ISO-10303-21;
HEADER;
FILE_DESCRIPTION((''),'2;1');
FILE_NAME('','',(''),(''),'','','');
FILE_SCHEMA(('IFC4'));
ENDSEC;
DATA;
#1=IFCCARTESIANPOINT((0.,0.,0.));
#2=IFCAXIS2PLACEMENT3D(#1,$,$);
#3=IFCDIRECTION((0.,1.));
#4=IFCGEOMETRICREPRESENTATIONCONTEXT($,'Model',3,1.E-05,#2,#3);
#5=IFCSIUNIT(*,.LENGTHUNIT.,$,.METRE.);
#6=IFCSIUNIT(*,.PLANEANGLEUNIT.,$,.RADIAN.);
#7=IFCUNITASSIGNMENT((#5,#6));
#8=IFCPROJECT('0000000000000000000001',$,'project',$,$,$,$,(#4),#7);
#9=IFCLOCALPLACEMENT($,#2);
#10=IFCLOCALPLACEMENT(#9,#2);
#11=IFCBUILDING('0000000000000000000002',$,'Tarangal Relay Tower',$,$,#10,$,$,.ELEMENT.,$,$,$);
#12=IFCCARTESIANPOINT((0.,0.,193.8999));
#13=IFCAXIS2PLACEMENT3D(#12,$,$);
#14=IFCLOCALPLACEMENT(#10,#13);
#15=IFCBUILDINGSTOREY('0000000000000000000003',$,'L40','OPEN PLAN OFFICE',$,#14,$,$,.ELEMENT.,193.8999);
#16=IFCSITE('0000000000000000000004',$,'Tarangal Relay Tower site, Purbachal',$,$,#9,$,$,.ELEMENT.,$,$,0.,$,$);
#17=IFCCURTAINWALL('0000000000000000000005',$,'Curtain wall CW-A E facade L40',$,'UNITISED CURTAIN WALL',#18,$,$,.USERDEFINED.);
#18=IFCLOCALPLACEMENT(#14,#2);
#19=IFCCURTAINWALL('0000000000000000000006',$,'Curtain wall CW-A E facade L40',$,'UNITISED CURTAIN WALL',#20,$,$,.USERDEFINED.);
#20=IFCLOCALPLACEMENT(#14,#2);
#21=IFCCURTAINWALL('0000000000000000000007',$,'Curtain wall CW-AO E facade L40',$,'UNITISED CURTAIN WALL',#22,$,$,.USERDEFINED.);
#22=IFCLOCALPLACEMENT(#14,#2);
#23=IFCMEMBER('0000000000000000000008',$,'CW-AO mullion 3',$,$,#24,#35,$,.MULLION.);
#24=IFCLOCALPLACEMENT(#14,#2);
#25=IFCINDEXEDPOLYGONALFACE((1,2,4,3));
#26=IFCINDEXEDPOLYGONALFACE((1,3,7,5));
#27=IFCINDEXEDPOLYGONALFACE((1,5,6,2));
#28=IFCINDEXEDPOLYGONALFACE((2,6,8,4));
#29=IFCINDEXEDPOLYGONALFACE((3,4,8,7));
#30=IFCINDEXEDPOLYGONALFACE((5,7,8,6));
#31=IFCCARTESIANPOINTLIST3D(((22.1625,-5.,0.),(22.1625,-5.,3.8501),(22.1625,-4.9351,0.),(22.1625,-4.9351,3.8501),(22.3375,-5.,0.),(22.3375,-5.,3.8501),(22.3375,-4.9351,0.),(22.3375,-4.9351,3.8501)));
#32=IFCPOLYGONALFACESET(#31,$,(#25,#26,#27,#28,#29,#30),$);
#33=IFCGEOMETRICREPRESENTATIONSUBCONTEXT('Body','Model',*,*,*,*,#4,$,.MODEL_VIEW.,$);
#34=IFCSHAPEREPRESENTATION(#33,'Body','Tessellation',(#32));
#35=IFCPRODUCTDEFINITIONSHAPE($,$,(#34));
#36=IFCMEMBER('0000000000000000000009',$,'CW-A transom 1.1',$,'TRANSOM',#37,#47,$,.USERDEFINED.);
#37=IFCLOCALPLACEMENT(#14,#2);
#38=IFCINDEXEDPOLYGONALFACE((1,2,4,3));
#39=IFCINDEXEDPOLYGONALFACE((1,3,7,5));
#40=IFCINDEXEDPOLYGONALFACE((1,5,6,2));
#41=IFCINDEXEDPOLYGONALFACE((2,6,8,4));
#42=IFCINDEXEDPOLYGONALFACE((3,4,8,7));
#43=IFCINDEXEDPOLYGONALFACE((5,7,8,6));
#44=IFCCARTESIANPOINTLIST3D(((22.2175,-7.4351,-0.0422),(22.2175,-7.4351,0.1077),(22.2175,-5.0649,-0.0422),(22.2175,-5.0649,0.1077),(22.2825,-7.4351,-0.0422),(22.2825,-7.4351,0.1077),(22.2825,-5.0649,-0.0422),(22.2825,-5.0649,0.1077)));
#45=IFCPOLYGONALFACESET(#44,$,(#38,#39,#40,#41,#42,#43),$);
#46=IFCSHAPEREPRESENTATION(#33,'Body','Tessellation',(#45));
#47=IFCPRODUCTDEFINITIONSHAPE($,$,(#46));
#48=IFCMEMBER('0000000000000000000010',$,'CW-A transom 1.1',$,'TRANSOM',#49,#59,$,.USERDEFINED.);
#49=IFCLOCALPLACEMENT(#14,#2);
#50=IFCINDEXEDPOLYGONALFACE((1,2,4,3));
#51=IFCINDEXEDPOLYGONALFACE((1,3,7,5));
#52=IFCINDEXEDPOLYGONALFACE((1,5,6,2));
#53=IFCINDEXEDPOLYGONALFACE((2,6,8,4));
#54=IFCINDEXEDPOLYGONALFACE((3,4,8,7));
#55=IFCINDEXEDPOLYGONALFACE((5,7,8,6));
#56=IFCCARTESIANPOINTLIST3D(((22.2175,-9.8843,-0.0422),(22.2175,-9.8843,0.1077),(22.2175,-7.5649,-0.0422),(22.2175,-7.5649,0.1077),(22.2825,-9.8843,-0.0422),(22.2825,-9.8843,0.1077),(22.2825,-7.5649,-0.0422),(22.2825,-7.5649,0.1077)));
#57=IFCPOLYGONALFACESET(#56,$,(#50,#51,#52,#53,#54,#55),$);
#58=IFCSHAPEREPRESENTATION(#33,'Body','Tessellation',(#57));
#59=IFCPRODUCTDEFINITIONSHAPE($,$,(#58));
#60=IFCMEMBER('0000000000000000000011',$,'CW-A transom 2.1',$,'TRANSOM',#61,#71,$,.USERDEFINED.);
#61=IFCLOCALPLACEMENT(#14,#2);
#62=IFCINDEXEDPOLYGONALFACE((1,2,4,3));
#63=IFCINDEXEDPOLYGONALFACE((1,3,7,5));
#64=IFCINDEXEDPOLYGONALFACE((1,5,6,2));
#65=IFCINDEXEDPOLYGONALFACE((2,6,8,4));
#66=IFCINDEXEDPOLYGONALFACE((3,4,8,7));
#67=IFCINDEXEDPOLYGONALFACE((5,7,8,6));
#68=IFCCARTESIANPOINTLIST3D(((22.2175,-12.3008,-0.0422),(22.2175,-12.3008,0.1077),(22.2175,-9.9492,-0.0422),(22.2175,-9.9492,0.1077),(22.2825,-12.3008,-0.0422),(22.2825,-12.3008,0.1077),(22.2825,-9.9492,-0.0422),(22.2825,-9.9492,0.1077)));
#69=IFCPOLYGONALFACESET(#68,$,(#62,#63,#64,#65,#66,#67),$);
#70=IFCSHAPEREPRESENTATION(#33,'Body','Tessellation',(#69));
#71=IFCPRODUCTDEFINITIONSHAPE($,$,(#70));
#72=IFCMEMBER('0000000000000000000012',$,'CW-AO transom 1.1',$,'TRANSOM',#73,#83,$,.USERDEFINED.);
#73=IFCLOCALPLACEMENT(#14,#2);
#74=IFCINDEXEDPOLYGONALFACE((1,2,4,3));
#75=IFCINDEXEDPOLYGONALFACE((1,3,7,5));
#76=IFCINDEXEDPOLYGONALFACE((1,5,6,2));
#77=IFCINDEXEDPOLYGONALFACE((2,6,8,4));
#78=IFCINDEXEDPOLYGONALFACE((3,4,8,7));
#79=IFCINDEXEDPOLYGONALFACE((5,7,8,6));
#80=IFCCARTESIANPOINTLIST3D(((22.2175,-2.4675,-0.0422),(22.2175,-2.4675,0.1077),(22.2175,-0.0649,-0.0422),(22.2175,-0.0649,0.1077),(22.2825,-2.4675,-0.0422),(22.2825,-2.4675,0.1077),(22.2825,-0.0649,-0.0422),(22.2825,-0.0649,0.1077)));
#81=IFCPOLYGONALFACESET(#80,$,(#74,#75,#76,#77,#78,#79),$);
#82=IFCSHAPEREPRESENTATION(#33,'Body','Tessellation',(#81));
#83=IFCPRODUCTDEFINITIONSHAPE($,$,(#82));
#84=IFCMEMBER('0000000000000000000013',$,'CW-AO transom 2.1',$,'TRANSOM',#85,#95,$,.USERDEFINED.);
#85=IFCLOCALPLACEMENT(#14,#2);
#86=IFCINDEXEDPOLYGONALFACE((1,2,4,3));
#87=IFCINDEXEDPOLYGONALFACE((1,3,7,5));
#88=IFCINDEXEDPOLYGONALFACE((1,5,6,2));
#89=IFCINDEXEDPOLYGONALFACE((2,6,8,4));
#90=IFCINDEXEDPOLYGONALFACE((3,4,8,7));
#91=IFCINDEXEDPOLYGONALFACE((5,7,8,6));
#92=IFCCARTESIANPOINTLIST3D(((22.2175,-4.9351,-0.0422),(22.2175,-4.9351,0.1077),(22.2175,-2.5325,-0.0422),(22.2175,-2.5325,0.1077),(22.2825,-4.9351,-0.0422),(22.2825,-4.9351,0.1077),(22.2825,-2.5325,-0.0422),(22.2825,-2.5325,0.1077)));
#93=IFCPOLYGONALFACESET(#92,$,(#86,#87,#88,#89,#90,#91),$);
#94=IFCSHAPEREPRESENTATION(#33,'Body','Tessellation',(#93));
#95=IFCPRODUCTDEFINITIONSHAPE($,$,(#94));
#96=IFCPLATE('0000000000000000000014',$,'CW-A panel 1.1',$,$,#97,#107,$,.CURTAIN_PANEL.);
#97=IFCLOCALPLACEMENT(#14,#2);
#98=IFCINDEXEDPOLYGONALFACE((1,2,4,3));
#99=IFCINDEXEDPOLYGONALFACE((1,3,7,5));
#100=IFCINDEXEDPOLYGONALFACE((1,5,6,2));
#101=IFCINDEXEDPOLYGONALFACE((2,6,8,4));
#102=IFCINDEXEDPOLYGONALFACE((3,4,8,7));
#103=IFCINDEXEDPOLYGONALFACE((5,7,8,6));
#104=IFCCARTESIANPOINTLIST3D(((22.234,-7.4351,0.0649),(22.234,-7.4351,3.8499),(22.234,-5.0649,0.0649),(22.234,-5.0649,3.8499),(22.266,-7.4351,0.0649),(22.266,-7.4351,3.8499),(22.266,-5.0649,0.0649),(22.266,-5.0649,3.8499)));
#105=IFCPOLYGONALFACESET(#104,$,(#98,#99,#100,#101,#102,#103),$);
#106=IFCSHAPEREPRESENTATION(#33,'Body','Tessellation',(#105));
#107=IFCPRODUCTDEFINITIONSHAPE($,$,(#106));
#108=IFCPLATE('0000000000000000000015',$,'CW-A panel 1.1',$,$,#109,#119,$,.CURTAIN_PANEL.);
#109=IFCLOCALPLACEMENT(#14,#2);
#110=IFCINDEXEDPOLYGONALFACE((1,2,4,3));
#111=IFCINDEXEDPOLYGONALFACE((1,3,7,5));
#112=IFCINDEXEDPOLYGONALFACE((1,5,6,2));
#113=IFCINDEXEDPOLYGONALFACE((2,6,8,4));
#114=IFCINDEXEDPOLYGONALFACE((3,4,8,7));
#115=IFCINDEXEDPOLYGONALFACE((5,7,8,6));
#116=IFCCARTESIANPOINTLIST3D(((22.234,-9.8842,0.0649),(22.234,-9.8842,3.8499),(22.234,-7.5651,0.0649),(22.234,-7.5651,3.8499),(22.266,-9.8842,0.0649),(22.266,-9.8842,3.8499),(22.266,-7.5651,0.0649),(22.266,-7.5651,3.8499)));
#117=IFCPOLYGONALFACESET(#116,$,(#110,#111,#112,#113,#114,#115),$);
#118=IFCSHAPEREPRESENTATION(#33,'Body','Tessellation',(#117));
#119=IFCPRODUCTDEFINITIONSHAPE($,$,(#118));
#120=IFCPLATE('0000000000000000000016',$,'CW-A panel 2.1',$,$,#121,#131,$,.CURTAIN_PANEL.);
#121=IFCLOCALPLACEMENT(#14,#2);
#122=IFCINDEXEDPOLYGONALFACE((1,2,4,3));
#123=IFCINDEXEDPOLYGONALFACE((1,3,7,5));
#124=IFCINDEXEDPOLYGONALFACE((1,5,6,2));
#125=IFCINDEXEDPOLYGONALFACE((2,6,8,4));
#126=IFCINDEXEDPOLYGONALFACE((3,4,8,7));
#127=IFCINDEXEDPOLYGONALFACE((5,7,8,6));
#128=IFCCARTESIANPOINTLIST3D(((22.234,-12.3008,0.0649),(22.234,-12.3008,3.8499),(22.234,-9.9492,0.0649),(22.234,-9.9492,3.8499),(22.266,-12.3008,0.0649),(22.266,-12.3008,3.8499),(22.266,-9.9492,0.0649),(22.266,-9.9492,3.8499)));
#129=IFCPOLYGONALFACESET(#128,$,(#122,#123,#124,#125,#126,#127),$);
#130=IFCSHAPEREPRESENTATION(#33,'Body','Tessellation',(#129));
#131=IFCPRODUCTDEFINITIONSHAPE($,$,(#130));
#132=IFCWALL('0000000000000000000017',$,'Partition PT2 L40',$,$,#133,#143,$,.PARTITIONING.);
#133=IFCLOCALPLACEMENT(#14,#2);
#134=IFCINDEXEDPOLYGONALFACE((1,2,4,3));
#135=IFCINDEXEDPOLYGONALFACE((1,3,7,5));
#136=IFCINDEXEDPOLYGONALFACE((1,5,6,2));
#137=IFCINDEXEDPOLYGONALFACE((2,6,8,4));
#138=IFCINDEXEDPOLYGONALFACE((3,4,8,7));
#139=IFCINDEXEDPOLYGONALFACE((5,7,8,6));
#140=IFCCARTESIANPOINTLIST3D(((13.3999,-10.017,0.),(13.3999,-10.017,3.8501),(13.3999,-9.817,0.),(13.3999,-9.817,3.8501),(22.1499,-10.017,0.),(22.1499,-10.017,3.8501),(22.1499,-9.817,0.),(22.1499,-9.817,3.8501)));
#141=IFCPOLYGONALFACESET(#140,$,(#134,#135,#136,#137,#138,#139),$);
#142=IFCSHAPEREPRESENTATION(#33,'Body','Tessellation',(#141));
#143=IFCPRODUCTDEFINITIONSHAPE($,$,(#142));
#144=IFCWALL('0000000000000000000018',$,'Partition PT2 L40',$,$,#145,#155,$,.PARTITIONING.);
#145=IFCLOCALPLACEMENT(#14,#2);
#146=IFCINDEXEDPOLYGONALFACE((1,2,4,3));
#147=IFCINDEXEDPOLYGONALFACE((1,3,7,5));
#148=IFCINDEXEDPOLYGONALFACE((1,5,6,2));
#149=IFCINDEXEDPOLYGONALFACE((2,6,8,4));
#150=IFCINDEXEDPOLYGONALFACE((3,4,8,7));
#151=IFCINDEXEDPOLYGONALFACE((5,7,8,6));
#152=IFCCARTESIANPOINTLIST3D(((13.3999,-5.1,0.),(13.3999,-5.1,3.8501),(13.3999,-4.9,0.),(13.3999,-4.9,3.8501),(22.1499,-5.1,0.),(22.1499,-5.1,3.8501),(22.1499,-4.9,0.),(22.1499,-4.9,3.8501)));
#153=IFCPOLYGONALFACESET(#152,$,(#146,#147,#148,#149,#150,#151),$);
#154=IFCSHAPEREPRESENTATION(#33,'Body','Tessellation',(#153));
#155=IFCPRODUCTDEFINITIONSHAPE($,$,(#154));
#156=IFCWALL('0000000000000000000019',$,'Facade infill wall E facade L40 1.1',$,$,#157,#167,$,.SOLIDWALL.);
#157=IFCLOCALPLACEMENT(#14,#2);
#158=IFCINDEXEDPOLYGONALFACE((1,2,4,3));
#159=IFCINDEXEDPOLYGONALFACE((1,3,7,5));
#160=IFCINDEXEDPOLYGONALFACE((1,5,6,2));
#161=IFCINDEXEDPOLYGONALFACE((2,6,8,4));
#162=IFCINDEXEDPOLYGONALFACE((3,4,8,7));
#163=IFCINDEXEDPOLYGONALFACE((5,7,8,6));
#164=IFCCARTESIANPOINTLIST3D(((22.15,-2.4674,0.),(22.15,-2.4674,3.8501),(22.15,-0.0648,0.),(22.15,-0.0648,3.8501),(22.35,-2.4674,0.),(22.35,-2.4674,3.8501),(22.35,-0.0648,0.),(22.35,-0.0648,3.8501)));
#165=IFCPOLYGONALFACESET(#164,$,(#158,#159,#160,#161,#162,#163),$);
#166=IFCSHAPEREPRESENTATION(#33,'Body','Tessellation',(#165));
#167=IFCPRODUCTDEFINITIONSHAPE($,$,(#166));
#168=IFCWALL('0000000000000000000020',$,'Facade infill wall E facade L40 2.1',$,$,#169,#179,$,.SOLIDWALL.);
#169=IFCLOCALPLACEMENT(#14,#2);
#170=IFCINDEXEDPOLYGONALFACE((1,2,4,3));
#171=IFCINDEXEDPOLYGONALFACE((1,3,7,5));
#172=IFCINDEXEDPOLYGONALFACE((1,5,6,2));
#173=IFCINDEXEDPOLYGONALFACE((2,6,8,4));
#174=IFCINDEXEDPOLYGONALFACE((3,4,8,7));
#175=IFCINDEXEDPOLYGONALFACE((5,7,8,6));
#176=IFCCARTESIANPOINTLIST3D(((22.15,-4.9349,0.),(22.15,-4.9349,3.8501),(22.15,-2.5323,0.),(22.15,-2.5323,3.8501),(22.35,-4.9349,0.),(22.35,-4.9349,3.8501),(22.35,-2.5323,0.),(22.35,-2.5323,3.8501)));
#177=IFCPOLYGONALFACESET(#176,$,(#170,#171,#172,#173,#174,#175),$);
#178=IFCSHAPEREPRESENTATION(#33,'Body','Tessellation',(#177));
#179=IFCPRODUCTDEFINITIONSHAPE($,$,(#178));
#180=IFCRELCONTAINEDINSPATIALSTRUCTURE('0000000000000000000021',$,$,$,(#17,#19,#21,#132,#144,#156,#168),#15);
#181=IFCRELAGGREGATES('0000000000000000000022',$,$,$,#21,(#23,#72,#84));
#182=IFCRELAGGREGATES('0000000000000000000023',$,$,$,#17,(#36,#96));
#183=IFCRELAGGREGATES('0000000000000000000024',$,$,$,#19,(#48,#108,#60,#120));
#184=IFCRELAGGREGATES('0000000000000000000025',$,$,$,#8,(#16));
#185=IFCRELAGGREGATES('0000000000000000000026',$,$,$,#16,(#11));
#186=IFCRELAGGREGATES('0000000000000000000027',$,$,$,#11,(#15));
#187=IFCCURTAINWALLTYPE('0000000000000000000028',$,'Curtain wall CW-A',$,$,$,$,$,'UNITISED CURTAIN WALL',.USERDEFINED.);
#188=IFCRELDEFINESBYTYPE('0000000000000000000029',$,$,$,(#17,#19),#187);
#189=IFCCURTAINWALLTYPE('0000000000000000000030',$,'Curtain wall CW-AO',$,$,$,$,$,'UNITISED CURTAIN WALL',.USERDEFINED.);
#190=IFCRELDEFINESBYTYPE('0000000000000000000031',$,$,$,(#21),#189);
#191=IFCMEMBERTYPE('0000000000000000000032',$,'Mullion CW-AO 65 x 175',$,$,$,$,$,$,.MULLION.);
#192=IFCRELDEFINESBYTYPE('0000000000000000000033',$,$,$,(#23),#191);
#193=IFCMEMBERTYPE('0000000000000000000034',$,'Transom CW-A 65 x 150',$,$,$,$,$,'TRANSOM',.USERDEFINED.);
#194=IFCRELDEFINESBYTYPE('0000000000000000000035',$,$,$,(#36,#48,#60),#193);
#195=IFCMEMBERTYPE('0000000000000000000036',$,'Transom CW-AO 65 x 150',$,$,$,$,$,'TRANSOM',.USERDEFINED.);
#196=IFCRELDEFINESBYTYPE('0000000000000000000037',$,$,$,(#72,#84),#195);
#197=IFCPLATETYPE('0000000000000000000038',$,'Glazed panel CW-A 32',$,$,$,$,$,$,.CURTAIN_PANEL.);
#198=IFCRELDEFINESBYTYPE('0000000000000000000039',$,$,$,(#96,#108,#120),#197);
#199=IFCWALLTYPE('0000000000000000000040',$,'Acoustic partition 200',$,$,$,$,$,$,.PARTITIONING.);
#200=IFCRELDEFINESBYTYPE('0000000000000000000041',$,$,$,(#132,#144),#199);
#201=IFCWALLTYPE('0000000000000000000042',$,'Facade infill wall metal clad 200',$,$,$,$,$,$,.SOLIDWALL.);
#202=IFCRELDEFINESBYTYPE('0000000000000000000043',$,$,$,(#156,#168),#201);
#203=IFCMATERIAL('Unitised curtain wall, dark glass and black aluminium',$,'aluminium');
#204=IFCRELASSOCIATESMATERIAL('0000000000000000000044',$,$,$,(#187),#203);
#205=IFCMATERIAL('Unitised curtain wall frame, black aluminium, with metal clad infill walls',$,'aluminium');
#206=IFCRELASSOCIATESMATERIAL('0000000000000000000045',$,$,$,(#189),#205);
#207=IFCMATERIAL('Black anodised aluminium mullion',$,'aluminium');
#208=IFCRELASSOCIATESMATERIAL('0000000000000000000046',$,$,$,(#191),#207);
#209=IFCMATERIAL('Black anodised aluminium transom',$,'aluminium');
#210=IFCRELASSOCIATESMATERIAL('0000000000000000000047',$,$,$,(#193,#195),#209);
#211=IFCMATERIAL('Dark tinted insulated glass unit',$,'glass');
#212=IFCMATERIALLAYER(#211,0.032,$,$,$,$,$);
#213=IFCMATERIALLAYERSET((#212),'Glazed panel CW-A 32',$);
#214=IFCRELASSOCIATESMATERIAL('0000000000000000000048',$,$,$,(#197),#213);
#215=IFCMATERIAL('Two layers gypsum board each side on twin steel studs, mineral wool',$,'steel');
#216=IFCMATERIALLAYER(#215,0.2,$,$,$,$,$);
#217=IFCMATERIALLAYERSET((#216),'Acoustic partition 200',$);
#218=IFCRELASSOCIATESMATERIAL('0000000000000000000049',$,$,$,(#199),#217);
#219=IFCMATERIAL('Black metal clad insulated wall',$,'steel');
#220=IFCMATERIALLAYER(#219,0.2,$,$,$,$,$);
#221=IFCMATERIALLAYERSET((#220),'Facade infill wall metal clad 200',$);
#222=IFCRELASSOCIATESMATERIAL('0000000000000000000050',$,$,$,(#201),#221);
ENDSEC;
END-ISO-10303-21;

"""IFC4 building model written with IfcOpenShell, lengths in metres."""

from ifc_helpers import new_model, si_unit, direction, frame, frame_2d, origin, origin_2d, place, context, subcontext, project, spatial, rectangle, extrude, material, layer, layer_set, material_profile, profile_set, type_object, element, aggregate, save


model = new_model("IFC4")

# Units and contexts
model_context = context("Model", 3, precision=1e-05, world=origin(), true_north=direction((0.0, 1.0)))
body_context = subcontext(model_context, "Body", "Model", "MODEL_VIEW")
ifc_project = project(units=[si_unit("LENGTHUNIT", "METRE"), si_unit("PLANEANGLEUNIT", "RADIAN")], contexts=[model_context])

# Site, building, storey
site_placement = place(None, origin())
site = spatial("IfcSite", under=ifc_project, at=site_placement, Name="Tarangal Relay Tower site, Purbachal", CompositionType="ELEMENT", RefElevation=0.0)
building_placement = place(site_placement, origin())
building = spatial("IfcBuilding", under=site, at=building_placement, Name="Tarangal Relay Tower", CompositionType="ELEMENT")
storey_placement = place(building_placement, frame((0.0, 0.0, 193.8999)))
storey = spatial("IfcBuildingStorey", under=building, at=storey_placement, Name="L40", Description="OPEN PLAN OFFICE", CompositionType="ELEMENT", Elevation=193.8999)

# Curtain walls, member
ifc_material_1 = material(Name="Unitised curtain wall, dark glass and black aluminium", Category="aluminium")
curtain_wall_type_1 = type_object("IfcCurtainWallType", Name="Curtain wall CW-A", ElementType="UNITISED CURTAIN WALL", PredefinedType="USERDEFINED", material=ifc_material_1)
curtain_wall_1_placement = place(storey_placement, origin())
curtain_wall_1 = element("IfcCurtainWall", 1, at=curtain_wall_1_placement, inside=storey, type_object=curtain_wall_type_1, Name="Curtain wall CW-A E facade L40", ObjectType="UNITISED CURTAIN WALL", PredefinedType="USERDEFINED")
ifc_material_2 = material(Name="Black anodised aluminium mullion", Category="aluminium")
curtain_wall_2_placement = place(storey_placement, origin())
curtain_wall_2 = element("IfcCurtainWall", 2, at=curtain_wall_2_placement, inside=storey, type_object=curtain_wall_type_1, Name="Curtain wall CW-A E facade L40", ObjectType="UNITISED CURTAIN WALL", PredefinedType="USERDEFINED")
ifc_material_3 = material(Name="Unitised curtain wall frame, black aluminium, with metal clad infill walls", Category="aluminium")
curtain_wall_type_2 = type_object("IfcCurtainWallType", Name="Curtain wall CW-AO", ElementType="UNITISED CURTAIN WALL", PredefinedType="USERDEFINED", material=ifc_material_3)
curtain_wall_3_placement = place(storey_placement, origin())
curtain_wall_3 = element("IfcCurtainWall", 3, at=curtain_wall_3_placement, inside=storey, type_object=curtain_wall_type_2, Name="Curtain wall CW-AO E facade L40", ObjectType="UNITISED CURTAIN WALL", PredefinedType="USERDEFINED")
ifc_material_profile_1 = material_profile(ifc_material_2, rectangle(XDim=0.175, YDim=0.0649, at=origin_2d()), Name="CW-AOM 65X175")
ifc_profile_set_1 = profile_set([ifc_material_profile_1], Name="Black anodised aluminium mullion")
member_type_1 = type_object("IfcMemberType", Name="Mullion CW-AO 65 x 175", PredefinedType="MULLION", material=ifc_profile_set_1)
member_1_placement = place(storey_placement, frame((22.25, -4.9675, 0.0), z_axis=(0.0, 0.0, 1.0), x_axis=(1.0, 0.0, 0.0)))
member_1 = element("IfcMember", 4, at=member_1_placement, type_object=member_type_1, Name="CW-AO mullion 3", PredefinedType="MULLION", context=body_context, shape_type="SweptSolid", body=[
    extrude(rectangle(XDim=0.175, YDim=0.0649, at=origin_2d()), origin(), (0.0, 0.0, 1.0), 3.8501),
])

# Members
ifc_material_4 = material(Name="Black anodised aluminium transom", Category="aluminium")
ifc_material_profile_2 = material_profile(ifc_material_4, rectangle(XDim=0.0649, YDim=0.1499, at=origin_2d()), Name="CW-AT 65X150")
ifc_profile_set_2 = profile_set([ifc_material_profile_2], Name="Black anodised aluminium transom")
member_type_2 = type_object("IfcMemberType", Name="Transom CW-A 65 x 150", ElementType="TRANSOM", PredefinedType="USERDEFINED", material=ifc_profile_set_2)
member_2_placement = place(storey_placement, frame((22.25, -5.0649, 0.0327), z_axis=(0.0, -1.0, 0.0), x_axis=(1.0, 0.0, 0.0)))
member_2 = element("IfcMember", 5, at=member_2_placement, type_object=member_type_2, Name="CW-A transom 1.1", ObjectType="TRANSOM", PredefinedType="USERDEFINED", context=body_context, shape_type="SweptSolid", body=[
    extrude(rectangle(XDim=0.0649, YDim=0.1499, at=origin_2d()), origin(), (0.0, 0.0, 1.0), 2.3701),
])
member_3_placement = place(storey_placement, frame((22.25, -7.5649, 0.0327), z_axis=(0.0, -1.0, 0.0), x_axis=(1.0, 0.0, 0.0)))
member_3 = element("IfcMember", 6, at=member_3_placement, type_object=member_type_2, Name="CW-A transom 1.1", ObjectType="TRANSOM", PredefinedType="USERDEFINED", context=body_context, shape_type="SweptSolid", body=[
    extrude(rectangle(XDim=0.0649, YDim=0.1499, at=origin_2d()), origin(), (0.0, 0.0, 1.0), 2.3193),
])
member_4_placement = place(storey_placement, frame((22.25, -9.9492, 0.0327), z_axis=(0.0, -1.0, 0.0), x_axis=(1.0, 0.0, 0.0)))
member_4 = element("IfcMember", 7, at=member_4_placement, type_object=member_type_2, Name="CW-A transom 2.1", ObjectType="TRANSOM", PredefinedType="USERDEFINED", context=body_context, shape_type="SweptSolid", body=[
    extrude(rectangle(XDim=0.0649, YDim=0.1499, at=origin_2d()), origin(), (0.0, 0.0, 1.0), 2.3516),
])
ifc_material_profile_3 = material_profile(ifc_material_4, rectangle(XDim=0.0649, YDim=0.1499, at=origin_2d()), Name="CW-AOT 65X150")
ifc_profile_set_3 = profile_set([ifc_material_profile_3], Name="Black anodised aluminium transom")
member_type_3 = type_object("IfcMemberType", Name="Transom CW-AO 65 x 150", ElementType="TRANSOM", PredefinedType="USERDEFINED", material=ifc_profile_set_3)
member_5_placement = place(storey_placement, frame((22.25, -0.0649, 0.0327), z_axis=(0.0, -1.0, 0.0), x_axis=(1.0, 0.0, 0.0)))
member_5 = element("IfcMember", 8, at=member_5_placement, type_object=member_type_3, Name="CW-AO transom 1.1", ObjectType="TRANSOM", PredefinedType="USERDEFINED", context=body_context, shape_type="SweptSolid", body=[
    extrude(rectangle(XDim=0.0649, YDim=0.1499, at=origin_2d()), origin(), (0.0, 0.0, 1.0), 2.4026),
])
member_6_placement = place(storey_placement, frame((22.25, -2.5325, 0.0327), z_axis=(0.0, -1.0, 0.0), x_axis=(1.0, 0.0, 0.0)))
member_6 = element("IfcMember", 9, at=member_6_placement, type_object=member_type_3, Name="CW-AO transom 2.1", ObjectType="TRANSOM", PredefinedType="USERDEFINED", context=body_context, shape_type="SweptSolid", body=[
    extrude(rectangle(XDim=0.0649, YDim=0.1499, at=origin_2d()), origin(), (0.0, 0.0, 1.0), 2.4026),
])
aggregate(curtain_wall_3, [member_1, member_5, member_6])

# Plates
ifc_material_5 = material(Name="Dark tinted insulated glass unit", Category="glass")
ifc_layer_1 = layer(ifc_material_5, 0.032)
ifc_layer_set_1 = layer_set([ifc_layer_1], Name="Glazed panel CW-A 32")
plate_type = type_object("IfcPlateType", Name="Glazed panel CW-A 32", PredefinedType="CURTAIN_PANEL", material=ifc_layer_set_1)
plate_1_placement = place(storey_placement, frame((22.25, -6.25, 0.0649), z_axis=(0.0, 0.0, 1.0), x_axis=(0.0, -1.0, 0.0)))
plate_1 = element("IfcPlate", 10, at=plate_1_placement, type_object=plate_type, Name="CW-A panel 1.1", PredefinedType="CURTAIN_PANEL", context=body_context, shape_type="SweptSolid", body=[
    extrude(rectangle(XDim=2.3701, YDim=0.032, at=origin_2d()), origin(), (0.0, 0.0, 1.0), 3.7849),
])
aggregate(curtain_wall_1, [member_2, plate_1])
plate_2_placement = place(storey_placement, frame((22.25, -8.7246, 0.0649), z_axis=(0.0, 0.0, 1.0), x_axis=(0.0, -1.0, 0.0)))
plate_2 = element("IfcPlate", 11, at=plate_2_placement, type_object=plate_type, Name="CW-A panel 1.1", PredefinedType="CURTAIN_PANEL", context=body_context, shape_type="SweptSolid", body=[
    extrude(rectangle(XDim=2.3191, YDim=0.032, at=origin_2d()), origin(), (0.0, 0.0, 1.0), 3.7849),
])
plate_3_placement = place(storey_placement, frame((22.25, -11.125, 0.0649), z_axis=(0.0, 0.0, 1.0), x_axis=(0.0, -1.0, 0.0)))
plate_3 = element("IfcPlate", 12, at=plate_3_placement, type_object=plate_type, Name="CW-A panel 2.1", PredefinedType="CURTAIN_PANEL", context=body_context, shape_type="SweptSolid", body=[
    extrude(rectangle(XDim=2.3516, YDim=0.032, at=origin_2d()), origin(), (0.0, 0.0, 1.0), 3.7849),
])
aggregate(curtain_wall_2, [member_3, plate_2, member_4, plate_3])

# Walls
ifc_material_6 = material(Name="Two layers gypsum board each side on twin steel studs, mineral wool", Category="steel")
ifc_layer_2 = layer(ifc_material_6, 0.2)
ifc_layer_set_2 = layer_set([ifc_layer_2], Name="Acoustic partition 200")
wall_type_1 = type_object("IfcWallType", Name="Acoustic partition 200", PredefinedType="PARTITIONING", material=ifc_layer_set_2)
for number, where, z_axis, x_axis, name in (
    (13, (13.3999, -9.917, 0.0), (0.0, 0.0, 1.0), (1.0, 0.0, 0.0), "Partition PT2 L40"),
    (14, (13.3999, -5.0, 0.0), (0.0, 0.0, 1.0), (1.0, 0.0, 0.0), "Partition PT2 L40"),
):
    element("IfcWall", number, at=place(storey_placement, frame(where, z_axis=z_axis, x_axis=x_axis)), inside=storey, type_object=wall_type_1, Name=name, PredefinedType="PARTITIONING", context=body_context, shape_type="SweptSolid", body=[
        extrude(rectangle(XDim=8.75, YDim=0.2, at=frame_2d((4.375, 0.0))), origin(), (0.0, 0.0, 1.0), 3.8501),
    ])

# Walls
ifc_material_7 = material(Name="Black metal clad insulated wall", Category="steel")
ifc_layer_3 = layer(ifc_material_7, 0.2)
ifc_layer_set_3 = layer_set([ifc_layer_3], Name="Facade infill wall metal clad 200")
wall_type_2 = type_object("IfcWallType", Name="Facade infill wall metal clad 200", PredefinedType="SOLIDWALL", material=ifc_layer_set_3)
for number, where, z_axis, x_axis, name in (
    (15, (22.25, -0.0649, 0.0), (0.0, 0.0, 1.0), (0.0, -1.0, 0.0), "Facade infill wall E facade L40 1.1"),
    (16, (22.25, -2.5325, 0.0), (0.0, 0.0, 1.0), (0.0, -1.0, 0.0), "Facade infill wall E facade L40 2.1"),
):
    element("IfcWall", number, at=place(storey_placement, frame(where, z_axis=z_axis, x_axis=x_axis)), inside=storey, type_object=wall_type_2, Name=name, PredefinedType="SOLIDWALL", context=body_context, shape_type="SweptSolid", body=[
        extrude(rectangle(XDim=2.4026, YDim=0.2, at=frame_2d((1.2012, 0.0))), origin(), (0.0, 0.0, 1.0), 3.8501),
    ])

save(model, "model.ifc")
